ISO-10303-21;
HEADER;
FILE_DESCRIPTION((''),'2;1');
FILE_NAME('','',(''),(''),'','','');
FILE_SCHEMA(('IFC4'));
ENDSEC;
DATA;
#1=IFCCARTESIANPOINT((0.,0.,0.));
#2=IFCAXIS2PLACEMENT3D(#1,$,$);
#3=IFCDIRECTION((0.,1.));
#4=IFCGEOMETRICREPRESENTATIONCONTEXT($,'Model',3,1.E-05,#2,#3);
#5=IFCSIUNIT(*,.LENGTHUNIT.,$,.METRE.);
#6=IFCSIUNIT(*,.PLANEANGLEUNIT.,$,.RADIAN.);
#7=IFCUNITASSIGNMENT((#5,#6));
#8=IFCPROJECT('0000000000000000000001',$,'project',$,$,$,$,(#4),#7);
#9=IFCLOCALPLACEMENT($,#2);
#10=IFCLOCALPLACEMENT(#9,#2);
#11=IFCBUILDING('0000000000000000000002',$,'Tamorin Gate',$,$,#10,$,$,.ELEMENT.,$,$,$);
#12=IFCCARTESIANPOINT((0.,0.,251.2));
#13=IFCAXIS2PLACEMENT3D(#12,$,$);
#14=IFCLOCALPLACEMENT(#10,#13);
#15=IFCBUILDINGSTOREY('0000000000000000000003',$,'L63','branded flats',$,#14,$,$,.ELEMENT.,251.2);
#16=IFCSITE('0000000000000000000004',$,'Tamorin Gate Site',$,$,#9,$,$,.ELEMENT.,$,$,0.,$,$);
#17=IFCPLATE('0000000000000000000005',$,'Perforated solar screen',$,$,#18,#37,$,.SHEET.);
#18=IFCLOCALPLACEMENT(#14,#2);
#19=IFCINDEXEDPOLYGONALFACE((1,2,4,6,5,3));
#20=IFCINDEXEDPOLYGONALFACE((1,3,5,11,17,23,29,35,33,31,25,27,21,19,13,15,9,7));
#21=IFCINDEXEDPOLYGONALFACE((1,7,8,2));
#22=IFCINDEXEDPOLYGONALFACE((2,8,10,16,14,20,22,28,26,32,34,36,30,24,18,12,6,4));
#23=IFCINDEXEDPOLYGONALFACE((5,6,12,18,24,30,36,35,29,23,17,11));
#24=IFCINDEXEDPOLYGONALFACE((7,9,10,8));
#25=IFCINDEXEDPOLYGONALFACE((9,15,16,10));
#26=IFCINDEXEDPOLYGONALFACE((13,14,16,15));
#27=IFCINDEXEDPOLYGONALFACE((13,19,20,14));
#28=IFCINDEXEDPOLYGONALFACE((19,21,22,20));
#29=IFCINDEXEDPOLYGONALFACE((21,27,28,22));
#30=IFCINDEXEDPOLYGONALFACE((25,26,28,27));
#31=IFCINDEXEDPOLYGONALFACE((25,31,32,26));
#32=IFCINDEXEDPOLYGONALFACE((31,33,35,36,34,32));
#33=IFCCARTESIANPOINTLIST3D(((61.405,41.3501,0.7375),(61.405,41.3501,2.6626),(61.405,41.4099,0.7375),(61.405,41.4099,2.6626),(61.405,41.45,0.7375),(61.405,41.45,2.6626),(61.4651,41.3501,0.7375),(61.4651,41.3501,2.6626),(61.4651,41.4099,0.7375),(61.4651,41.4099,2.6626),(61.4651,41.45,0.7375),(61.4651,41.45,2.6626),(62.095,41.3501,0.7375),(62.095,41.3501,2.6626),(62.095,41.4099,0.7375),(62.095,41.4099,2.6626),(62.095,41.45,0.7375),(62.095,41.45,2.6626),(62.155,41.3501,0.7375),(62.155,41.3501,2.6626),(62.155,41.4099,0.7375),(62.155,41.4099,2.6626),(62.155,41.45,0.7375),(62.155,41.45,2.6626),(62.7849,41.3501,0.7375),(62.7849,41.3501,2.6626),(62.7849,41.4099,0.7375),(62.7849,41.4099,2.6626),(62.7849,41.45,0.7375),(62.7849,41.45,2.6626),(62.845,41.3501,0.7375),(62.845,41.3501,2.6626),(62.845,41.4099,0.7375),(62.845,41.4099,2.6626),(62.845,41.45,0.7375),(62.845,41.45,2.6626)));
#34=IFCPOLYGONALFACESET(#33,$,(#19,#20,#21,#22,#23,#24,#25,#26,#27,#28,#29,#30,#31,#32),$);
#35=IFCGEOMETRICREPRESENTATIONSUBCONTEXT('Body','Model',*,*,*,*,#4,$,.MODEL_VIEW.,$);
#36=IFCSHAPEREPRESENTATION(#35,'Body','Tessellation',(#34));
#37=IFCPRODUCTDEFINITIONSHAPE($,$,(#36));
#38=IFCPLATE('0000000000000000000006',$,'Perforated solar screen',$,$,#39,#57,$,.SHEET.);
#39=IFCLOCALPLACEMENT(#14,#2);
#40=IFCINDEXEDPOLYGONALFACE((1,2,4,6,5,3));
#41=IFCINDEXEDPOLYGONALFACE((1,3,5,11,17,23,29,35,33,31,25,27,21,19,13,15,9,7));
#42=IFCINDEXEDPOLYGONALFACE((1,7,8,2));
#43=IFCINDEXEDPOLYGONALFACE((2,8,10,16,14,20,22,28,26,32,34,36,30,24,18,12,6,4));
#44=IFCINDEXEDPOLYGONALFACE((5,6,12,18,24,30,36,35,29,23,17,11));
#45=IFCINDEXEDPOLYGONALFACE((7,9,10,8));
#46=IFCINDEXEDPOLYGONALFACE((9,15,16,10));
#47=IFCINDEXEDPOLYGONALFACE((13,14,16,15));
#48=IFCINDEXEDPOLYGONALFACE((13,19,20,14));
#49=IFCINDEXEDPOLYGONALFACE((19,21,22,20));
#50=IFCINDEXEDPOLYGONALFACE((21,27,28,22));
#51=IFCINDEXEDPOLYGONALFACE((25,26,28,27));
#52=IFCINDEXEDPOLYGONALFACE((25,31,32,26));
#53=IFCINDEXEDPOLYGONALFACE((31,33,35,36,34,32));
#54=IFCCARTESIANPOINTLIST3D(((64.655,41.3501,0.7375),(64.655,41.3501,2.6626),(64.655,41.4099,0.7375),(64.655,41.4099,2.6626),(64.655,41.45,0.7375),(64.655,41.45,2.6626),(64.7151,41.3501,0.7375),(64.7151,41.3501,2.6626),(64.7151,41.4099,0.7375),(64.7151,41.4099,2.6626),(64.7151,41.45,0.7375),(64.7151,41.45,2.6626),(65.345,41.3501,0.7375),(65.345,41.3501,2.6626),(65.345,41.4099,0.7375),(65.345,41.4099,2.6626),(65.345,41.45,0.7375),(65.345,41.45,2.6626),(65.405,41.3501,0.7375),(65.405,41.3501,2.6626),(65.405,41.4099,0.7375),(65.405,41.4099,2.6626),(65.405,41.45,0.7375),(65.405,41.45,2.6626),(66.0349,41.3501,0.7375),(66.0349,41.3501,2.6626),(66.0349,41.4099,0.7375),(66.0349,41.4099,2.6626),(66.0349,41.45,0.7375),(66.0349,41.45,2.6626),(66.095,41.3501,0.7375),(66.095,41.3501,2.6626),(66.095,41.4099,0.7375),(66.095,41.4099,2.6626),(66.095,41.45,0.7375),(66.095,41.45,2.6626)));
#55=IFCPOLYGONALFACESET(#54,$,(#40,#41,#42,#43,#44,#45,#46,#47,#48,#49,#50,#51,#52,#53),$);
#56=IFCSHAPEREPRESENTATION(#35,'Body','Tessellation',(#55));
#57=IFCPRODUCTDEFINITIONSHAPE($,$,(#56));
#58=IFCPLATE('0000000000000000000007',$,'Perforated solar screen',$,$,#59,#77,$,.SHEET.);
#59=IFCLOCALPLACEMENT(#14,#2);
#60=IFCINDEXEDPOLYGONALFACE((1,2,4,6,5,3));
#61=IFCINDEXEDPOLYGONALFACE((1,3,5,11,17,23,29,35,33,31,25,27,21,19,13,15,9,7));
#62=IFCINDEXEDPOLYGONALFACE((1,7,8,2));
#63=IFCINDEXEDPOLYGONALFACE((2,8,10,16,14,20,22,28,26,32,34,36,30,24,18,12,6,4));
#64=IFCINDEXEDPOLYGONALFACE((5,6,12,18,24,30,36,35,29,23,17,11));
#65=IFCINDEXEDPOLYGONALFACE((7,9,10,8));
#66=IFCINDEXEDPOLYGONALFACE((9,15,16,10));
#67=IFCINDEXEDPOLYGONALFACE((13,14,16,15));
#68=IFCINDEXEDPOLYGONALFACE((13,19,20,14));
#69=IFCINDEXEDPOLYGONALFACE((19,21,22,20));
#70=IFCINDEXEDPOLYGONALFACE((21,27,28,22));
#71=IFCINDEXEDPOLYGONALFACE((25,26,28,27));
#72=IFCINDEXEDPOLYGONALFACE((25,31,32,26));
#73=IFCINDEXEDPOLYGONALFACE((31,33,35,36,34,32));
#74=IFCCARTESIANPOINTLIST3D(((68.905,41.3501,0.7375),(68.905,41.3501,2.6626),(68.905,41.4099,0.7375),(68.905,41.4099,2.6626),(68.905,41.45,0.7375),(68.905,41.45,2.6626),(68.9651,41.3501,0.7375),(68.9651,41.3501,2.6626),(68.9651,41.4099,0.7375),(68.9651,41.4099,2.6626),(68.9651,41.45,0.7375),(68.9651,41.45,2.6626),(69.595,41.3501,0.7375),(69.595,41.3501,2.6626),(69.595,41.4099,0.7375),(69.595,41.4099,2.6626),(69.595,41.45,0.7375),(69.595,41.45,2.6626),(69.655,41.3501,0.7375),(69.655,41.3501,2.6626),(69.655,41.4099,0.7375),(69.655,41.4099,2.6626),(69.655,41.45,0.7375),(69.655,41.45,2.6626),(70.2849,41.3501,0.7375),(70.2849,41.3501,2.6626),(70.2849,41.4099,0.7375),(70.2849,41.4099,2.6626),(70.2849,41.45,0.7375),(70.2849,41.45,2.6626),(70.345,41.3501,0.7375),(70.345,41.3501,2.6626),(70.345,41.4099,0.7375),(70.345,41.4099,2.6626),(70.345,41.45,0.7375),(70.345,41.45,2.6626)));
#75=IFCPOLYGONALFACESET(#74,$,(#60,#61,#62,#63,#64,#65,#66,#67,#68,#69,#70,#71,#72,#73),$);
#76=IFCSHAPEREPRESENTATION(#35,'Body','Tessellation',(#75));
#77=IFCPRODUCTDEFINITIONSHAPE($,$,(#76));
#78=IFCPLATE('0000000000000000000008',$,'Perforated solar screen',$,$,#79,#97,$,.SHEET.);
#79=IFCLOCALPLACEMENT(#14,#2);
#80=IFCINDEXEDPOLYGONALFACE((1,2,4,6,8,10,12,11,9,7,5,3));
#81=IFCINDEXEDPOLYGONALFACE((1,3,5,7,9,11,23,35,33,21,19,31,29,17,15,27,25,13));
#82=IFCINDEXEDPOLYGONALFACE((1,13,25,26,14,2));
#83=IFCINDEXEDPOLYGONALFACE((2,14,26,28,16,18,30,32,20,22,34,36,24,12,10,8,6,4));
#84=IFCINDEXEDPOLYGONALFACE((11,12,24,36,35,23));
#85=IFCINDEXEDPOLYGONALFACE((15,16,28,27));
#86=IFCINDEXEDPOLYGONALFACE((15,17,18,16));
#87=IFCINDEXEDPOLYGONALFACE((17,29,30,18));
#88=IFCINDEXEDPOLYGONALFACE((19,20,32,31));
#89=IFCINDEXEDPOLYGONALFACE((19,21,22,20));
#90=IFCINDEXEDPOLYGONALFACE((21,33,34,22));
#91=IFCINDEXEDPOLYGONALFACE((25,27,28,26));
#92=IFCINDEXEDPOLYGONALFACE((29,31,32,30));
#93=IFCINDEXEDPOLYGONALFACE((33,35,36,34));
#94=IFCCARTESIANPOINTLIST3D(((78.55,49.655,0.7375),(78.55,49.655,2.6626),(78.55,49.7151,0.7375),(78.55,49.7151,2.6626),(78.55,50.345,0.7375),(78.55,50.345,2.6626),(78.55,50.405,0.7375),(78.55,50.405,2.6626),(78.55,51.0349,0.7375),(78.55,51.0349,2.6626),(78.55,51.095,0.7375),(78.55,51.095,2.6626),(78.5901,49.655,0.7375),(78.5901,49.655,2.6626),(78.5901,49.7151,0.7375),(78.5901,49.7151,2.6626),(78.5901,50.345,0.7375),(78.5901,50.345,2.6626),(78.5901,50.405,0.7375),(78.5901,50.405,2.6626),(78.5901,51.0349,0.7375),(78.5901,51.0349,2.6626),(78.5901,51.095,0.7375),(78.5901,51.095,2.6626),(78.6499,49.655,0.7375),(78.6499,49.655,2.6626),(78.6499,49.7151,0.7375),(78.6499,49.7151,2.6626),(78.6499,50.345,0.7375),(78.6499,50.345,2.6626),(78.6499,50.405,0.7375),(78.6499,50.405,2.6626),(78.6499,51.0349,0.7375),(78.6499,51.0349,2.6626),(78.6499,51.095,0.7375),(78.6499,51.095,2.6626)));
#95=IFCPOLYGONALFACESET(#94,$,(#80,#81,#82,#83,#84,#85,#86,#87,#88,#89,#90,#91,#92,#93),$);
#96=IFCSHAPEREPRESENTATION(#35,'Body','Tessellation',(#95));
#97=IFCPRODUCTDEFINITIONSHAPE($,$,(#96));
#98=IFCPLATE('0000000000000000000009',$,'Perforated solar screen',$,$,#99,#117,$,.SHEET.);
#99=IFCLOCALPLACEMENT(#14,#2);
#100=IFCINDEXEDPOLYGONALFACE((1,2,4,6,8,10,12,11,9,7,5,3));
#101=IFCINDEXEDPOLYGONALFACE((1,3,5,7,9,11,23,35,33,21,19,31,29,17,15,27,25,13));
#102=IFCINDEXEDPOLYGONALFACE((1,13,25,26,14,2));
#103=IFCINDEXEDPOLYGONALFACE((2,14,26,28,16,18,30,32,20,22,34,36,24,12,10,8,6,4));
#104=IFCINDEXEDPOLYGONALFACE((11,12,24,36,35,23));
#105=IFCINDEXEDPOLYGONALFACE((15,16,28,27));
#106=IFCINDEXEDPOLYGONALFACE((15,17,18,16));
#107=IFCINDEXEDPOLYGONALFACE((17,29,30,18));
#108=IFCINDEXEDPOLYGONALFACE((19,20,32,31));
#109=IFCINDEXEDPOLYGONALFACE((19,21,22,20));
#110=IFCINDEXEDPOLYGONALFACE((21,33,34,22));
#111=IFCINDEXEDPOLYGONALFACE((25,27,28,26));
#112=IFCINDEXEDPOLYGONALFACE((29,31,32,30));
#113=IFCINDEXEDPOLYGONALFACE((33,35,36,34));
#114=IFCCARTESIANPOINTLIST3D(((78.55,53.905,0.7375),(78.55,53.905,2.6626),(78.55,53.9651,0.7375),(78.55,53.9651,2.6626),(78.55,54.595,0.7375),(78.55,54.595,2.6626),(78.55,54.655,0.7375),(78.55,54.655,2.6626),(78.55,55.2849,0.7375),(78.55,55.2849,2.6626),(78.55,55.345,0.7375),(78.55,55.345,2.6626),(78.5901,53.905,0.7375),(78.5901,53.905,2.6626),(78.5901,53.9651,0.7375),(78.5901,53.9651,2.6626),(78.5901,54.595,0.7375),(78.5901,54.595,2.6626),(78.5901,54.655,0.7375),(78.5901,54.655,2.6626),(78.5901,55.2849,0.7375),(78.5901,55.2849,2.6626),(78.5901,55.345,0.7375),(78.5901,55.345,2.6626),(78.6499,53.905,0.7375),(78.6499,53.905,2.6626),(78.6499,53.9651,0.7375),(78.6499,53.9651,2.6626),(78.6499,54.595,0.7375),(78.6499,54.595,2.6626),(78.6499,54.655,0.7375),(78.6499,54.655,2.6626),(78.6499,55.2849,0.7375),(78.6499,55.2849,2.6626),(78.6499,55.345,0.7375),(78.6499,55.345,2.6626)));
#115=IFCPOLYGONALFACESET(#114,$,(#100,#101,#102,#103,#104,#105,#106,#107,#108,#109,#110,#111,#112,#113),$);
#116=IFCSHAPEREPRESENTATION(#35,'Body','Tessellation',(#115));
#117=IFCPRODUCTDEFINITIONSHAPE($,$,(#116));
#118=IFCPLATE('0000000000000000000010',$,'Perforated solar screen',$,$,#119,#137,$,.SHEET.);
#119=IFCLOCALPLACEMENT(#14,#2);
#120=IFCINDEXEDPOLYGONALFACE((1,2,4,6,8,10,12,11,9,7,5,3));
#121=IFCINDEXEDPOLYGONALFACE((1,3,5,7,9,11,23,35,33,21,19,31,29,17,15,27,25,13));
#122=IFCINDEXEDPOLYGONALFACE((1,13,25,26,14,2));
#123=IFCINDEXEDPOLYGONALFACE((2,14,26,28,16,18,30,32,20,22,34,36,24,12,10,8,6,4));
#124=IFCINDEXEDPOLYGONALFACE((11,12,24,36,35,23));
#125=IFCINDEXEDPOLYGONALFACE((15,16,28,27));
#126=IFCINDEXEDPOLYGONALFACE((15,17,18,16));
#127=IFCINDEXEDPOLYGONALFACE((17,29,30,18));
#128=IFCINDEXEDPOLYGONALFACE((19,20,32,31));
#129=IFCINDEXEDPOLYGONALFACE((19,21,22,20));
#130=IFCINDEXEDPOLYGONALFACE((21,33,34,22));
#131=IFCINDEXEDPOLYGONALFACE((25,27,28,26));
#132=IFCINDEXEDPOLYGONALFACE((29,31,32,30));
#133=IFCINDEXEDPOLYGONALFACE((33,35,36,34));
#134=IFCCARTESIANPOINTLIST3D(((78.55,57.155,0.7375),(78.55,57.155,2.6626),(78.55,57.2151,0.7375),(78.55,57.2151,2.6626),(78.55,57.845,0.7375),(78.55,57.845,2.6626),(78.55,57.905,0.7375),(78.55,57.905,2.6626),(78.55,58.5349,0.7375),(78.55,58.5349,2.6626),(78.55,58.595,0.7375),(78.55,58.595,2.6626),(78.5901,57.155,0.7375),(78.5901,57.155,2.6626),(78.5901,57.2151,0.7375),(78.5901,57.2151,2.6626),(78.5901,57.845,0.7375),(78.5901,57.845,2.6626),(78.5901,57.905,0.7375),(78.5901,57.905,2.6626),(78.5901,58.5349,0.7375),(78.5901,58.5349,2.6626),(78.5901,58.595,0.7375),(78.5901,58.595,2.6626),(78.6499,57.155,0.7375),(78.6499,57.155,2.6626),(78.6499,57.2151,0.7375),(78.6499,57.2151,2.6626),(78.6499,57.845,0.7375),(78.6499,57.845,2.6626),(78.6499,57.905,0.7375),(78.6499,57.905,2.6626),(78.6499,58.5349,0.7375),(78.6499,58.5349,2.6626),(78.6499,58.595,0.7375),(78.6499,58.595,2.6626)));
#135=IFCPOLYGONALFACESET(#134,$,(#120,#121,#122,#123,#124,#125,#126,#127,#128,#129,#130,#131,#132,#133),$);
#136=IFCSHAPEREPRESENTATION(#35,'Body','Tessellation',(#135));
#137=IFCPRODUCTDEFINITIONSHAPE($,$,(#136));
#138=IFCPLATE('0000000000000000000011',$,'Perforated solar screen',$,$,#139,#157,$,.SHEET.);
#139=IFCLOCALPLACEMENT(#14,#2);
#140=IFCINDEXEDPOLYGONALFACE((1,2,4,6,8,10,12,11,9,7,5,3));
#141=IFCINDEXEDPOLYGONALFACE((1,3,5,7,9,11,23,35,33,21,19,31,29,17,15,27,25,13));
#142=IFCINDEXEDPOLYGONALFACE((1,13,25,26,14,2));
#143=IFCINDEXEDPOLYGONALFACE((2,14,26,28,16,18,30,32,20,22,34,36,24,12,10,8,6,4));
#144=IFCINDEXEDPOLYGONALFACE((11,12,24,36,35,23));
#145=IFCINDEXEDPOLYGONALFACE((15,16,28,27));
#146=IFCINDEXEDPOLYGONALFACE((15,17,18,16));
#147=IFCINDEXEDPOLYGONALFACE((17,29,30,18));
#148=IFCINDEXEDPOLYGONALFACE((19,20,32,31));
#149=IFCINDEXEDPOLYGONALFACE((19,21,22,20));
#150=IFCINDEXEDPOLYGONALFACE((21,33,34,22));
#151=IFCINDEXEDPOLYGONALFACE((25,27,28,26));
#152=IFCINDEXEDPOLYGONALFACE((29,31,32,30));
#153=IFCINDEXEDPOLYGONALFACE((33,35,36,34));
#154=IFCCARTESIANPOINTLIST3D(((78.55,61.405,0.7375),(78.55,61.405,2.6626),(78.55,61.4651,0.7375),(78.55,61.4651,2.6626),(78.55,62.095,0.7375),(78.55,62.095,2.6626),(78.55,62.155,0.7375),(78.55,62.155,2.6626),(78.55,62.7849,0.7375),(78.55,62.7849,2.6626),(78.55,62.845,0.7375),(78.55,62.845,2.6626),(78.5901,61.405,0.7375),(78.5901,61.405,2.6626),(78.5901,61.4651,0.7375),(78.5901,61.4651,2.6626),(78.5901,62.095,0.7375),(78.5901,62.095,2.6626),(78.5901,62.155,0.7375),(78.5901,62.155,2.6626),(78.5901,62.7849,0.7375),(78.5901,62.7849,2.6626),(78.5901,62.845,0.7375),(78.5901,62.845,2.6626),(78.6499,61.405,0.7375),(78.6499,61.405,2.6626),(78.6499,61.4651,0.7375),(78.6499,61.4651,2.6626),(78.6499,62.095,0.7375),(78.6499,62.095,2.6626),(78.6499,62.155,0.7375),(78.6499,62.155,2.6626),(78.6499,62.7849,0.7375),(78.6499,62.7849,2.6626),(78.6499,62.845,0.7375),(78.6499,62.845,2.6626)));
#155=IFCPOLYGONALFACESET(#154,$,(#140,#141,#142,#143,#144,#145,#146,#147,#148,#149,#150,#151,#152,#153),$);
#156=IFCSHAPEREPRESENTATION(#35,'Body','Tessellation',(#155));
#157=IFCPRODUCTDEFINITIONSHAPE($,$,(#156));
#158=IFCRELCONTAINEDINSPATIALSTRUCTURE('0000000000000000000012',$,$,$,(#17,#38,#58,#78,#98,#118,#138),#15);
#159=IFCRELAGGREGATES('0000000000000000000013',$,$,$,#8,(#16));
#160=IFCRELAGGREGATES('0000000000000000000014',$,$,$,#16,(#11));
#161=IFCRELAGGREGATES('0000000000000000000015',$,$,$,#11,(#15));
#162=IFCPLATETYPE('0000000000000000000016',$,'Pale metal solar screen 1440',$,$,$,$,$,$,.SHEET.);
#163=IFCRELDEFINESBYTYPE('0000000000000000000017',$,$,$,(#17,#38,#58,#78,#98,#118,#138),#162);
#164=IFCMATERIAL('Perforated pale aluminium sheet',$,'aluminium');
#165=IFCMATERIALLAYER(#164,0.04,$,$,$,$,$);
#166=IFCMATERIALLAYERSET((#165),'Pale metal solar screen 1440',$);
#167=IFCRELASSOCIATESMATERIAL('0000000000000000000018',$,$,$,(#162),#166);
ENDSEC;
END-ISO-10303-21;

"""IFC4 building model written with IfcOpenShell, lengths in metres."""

from ifc_helpers import new_model, si_unit, direction, frame, origin, place, context, subcontext, project, spatial, polyline, outline, extrude, material, layer, layer_set, type_object, element, save


model = new_model("IFC4")

# Units and contexts
model_context = context("Model", 3, precision=1e-05, world=origin(), true_north=direction((0.0, 1.0)))
body_context = subcontext(model_context, "Body", "Model", "MODEL_VIEW")
ifc_project = project(units=[si_unit("LENGTHUNIT", "METRE"), si_unit("PLANEANGLEUNIT", "RADIAN")], contexts=[model_context])

# Site, building, storey
site_placement = place(None, origin())
site = spatial("IfcSite", under=ifc_project, at=site_placement, Name="Tamorin Gate Site", CompositionType="ELEMENT", RefElevation=0.0)
building_placement = place(site_placement, origin())
building = spatial("IfcBuilding", under=site, at=building_placement, Name="Tamorin Gate", CompositionType="ELEMENT")
storey_placement = place(building_placement, frame((0.0, 0.0, 251.2)))
storey = spatial("IfcBuildingStorey", under=building, at=storey_placement, Name="L63", Description="branded flats", CompositionType="ELEMENT", Elevation=251.2)

# Plates
ifc_material_1 = material(Name="Perforated pale aluminium sheet", Category="aluminium")
ifc_layer_1 = layer(ifc_material_1, 0.04)
ifc_layer_set_1 = layer_set([ifc_layer_1], Name="Pale metal solar screen 1440")
plate_type = type_object("IfcPlateType", Name="Pale metal solar screen 1440", PredefinedType="SHEET", material=ifc_layer_set_1)
plate_1_placement = place(storey_placement, frame((0.0, 0.0, 0.7375)))
element("IfcPlate", 1, at=plate_1_placement, inside=storey, type_object=plate_type, Name="Perforated solar screen", PredefinedType="SHEET", context=body_context, shape_type="SweptSolid", body=[
    extrude(outline(polyline([(61.405, 41.4099), (61.405, 41.45), (61.4651, 41.45), (62.095, 41.45), (62.155, 41.45), (62.7849, 41.45), (62.845, 41.45), (62.845, 41.4099), (62.845, 41.3501), (62.7849, 41.3501), (62.7849, 41.4099), (62.155, 41.4099), (62.155, 41.3501), (62.095, 41.3501), (62.095, 41.4099), (61.4651, 41.4099), (61.4651, 41.3501), (61.405, 41.3501), (61.405, 41.4099)])), origin(), (0.0, 0.0, 1.0), 1.925),
])
plate_2_placement = place(storey_placement, frame((0.0, 0.0, 0.7375)))
element("IfcPlate", 2, at=plate_2_placement, inside=storey, type_object=plate_type, Name="Perforated solar screen", PredefinedType="SHEET", context=body_context, shape_type="SweptSolid", body=[
    extrude(outline(polyline([(64.655, 41.4099), (64.655, 41.45), (64.7151, 41.45), (65.345, 41.45), (65.405, 41.45), (66.0349, 41.45), (66.095, 41.45), (66.095, 41.4099), (66.095, 41.3501), (66.0349, 41.3501), (66.0349, 41.4099), (65.405, 41.4099), (65.405, 41.3501), (65.345, 41.3501), (65.345, 41.4099), (64.7151, 41.4099), (64.7151, 41.3501), (64.655, 41.3501), (64.655, 41.4099)])), origin(), (0.0, 0.0, 1.0), 1.925),
])
plate_3_placement = place(storey_placement, frame((0.0, 0.0, 0.7375)))
element("IfcPlate", 3, at=plate_3_placement, inside=storey, type_object=plate_type, Name="Perforated solar screen", PredefinedType="SHEET", context=body_context, shape_type="SweptSolid", body=[
    extrude(outline(polyline([(68.905, 41.4099), (68.905, 41.45), (68.9651, 41.45), (69.595, 41.45), (69.655, 41.45), (70.2849, 41.45), (70.345, 41.45), (70.345, 41.4099), (70.345, 41.3501), (70.2849, 41.3501), (70.2849, 41.4099), (69.655, 41.4099), (69.655, 41.3501), (69.595, 41.3501), (69.595, 41.4099), (68.9651, 41.4099), (68.9651, 41.3501), (68.905, 41.3501), (68.905, 41.4099)])), origin(), (0.0, 0.0, 1.0), 1.925),
])
plate_4_placement = place(storey_placement, frame((0.0, 0.0, 0.7375)))
element("IfcPlate", 4, at=plate_4_placement, inside=storey, type_object=plate_type, Name="Perforated solar screen", PredefinedType="SHEET", context=body_context, shape_type="SweptSolid", body=[
    extrude(outline(polyline([(78.5901, 49.655), (78.55, 49.655), (78.55, 49.7151), (78.55, 50.345), (78.55, 50.405), (78.55, 51.0349), (78.55, 51.095), (78.55, 51.095), (78.5901, 51.095), (78.5901, 51.095), (78.6499, 51.095), (78.6499, 51.0349), (78.5901, 51.0349), (78.5901, 50.405), (78.6499, 50.405), (78.6499, 50.345), (78.5901, 50.345), (78.5901, 49.7151), (78.6499, 49.7151), (78.6499, 49.655), (78.5901, 49.655)])), origin(), (0.0, 0.0, 1.0), 1.925),
])
plate_5_placement = place(storey_placement, frame((0.0, 0.0, 0.7375)))
element("IfcPlate", 5, at=plate_5_placement, inside=storey, type_object=plate_type, Name="Perforated solar screen", PredefinedType="SHEET", context=body_context, shape_type="SweptSolid", body=[
    extrude(outline(polyline([(78.5901, 53.905), (78.55, 53.905), (78.55, 53.9651), (78.55, 54.595), (78.55, 54.655), (78.55, 55.2849), (78.55, 55.345), (78.5901, 55.345), (78.6499, 55.345), (78.6499, 55.2849), (78.5901, 55.2849), (78.5901, 54.655), (78.6499, 54.655), (78.6499, 54.595), (78.5901, 54.595), (78.5901, 53.9651), (78.6499, 53.9651), (78.6499, 53.905), (78.5901, 53.905)])), origin(), (0.0, 0.0, 1.0), 1.925),
])
plate_6_placement = place(storey_placement, frame((0.0, 0.0, 0.7375)))
element("IfcPlate", 6, at=plate_6_placement, inside=storey, type_object=plate_type, Name="Perforated solar screen", PredefinedType="SHEET", context=body_context, shape_type="SweptSolid", body=[
    extrude(outline(polyline([(78.5901, 57.155), (78.55, 57.155), (78.55, 57.2151), (78.55, 57.845), (78.55, 57.905), (78.55, 58.5349), (78.55, 58.595), (78.5901, 58.595), (78.6499, 58.595), (78.6499, 58.5349), (78.5901, 58.5349), (78.5901, 57.905), (78.6499, 57.905), (78.6499, 57.845), (78.5901, 57.845), (78.5901, 57.2151), (78.6499, 57.2151), (78.6499, 57.155), (78.5901, 57.155)])), origin(), (0.0, 0.0, 1.0), 1.925),
])
plate_7_placement = place(storey_placement, frame((0.0, 0.0, 0.7375)))
element("IfcPlate", 7, at=plate_7_placement, inside=storey, type_object=plate_type, Name="Perforated solar screen", PredefinedType="SHEET", context=body_context, shape_type="SweptSolid", body=[
    extrude(outline(polyline([(78.5901, 61.405), (78.55, 61.405), (78.55, 61.4651), (78.55, 62.095), (78.55, 62.155), (78.55, 62.7849), (78.55, 62.845), (78.5901, 62.845), (78.6499, 62.845), (78.6499, 62.7849), (78.5901, 62.7849), (78.5901, 62.155), (78.6499, 62.155), (78.6499, 62.095), (78.5901, 62.095), (78.5901, 61.4651), (78.6499, 61.4651), (78.6499, 61.405), (78.5901, 61.405)])), origin(), (0.0, 0.0, 1.0), 1.925),
])

save(model, "model.ifc")
